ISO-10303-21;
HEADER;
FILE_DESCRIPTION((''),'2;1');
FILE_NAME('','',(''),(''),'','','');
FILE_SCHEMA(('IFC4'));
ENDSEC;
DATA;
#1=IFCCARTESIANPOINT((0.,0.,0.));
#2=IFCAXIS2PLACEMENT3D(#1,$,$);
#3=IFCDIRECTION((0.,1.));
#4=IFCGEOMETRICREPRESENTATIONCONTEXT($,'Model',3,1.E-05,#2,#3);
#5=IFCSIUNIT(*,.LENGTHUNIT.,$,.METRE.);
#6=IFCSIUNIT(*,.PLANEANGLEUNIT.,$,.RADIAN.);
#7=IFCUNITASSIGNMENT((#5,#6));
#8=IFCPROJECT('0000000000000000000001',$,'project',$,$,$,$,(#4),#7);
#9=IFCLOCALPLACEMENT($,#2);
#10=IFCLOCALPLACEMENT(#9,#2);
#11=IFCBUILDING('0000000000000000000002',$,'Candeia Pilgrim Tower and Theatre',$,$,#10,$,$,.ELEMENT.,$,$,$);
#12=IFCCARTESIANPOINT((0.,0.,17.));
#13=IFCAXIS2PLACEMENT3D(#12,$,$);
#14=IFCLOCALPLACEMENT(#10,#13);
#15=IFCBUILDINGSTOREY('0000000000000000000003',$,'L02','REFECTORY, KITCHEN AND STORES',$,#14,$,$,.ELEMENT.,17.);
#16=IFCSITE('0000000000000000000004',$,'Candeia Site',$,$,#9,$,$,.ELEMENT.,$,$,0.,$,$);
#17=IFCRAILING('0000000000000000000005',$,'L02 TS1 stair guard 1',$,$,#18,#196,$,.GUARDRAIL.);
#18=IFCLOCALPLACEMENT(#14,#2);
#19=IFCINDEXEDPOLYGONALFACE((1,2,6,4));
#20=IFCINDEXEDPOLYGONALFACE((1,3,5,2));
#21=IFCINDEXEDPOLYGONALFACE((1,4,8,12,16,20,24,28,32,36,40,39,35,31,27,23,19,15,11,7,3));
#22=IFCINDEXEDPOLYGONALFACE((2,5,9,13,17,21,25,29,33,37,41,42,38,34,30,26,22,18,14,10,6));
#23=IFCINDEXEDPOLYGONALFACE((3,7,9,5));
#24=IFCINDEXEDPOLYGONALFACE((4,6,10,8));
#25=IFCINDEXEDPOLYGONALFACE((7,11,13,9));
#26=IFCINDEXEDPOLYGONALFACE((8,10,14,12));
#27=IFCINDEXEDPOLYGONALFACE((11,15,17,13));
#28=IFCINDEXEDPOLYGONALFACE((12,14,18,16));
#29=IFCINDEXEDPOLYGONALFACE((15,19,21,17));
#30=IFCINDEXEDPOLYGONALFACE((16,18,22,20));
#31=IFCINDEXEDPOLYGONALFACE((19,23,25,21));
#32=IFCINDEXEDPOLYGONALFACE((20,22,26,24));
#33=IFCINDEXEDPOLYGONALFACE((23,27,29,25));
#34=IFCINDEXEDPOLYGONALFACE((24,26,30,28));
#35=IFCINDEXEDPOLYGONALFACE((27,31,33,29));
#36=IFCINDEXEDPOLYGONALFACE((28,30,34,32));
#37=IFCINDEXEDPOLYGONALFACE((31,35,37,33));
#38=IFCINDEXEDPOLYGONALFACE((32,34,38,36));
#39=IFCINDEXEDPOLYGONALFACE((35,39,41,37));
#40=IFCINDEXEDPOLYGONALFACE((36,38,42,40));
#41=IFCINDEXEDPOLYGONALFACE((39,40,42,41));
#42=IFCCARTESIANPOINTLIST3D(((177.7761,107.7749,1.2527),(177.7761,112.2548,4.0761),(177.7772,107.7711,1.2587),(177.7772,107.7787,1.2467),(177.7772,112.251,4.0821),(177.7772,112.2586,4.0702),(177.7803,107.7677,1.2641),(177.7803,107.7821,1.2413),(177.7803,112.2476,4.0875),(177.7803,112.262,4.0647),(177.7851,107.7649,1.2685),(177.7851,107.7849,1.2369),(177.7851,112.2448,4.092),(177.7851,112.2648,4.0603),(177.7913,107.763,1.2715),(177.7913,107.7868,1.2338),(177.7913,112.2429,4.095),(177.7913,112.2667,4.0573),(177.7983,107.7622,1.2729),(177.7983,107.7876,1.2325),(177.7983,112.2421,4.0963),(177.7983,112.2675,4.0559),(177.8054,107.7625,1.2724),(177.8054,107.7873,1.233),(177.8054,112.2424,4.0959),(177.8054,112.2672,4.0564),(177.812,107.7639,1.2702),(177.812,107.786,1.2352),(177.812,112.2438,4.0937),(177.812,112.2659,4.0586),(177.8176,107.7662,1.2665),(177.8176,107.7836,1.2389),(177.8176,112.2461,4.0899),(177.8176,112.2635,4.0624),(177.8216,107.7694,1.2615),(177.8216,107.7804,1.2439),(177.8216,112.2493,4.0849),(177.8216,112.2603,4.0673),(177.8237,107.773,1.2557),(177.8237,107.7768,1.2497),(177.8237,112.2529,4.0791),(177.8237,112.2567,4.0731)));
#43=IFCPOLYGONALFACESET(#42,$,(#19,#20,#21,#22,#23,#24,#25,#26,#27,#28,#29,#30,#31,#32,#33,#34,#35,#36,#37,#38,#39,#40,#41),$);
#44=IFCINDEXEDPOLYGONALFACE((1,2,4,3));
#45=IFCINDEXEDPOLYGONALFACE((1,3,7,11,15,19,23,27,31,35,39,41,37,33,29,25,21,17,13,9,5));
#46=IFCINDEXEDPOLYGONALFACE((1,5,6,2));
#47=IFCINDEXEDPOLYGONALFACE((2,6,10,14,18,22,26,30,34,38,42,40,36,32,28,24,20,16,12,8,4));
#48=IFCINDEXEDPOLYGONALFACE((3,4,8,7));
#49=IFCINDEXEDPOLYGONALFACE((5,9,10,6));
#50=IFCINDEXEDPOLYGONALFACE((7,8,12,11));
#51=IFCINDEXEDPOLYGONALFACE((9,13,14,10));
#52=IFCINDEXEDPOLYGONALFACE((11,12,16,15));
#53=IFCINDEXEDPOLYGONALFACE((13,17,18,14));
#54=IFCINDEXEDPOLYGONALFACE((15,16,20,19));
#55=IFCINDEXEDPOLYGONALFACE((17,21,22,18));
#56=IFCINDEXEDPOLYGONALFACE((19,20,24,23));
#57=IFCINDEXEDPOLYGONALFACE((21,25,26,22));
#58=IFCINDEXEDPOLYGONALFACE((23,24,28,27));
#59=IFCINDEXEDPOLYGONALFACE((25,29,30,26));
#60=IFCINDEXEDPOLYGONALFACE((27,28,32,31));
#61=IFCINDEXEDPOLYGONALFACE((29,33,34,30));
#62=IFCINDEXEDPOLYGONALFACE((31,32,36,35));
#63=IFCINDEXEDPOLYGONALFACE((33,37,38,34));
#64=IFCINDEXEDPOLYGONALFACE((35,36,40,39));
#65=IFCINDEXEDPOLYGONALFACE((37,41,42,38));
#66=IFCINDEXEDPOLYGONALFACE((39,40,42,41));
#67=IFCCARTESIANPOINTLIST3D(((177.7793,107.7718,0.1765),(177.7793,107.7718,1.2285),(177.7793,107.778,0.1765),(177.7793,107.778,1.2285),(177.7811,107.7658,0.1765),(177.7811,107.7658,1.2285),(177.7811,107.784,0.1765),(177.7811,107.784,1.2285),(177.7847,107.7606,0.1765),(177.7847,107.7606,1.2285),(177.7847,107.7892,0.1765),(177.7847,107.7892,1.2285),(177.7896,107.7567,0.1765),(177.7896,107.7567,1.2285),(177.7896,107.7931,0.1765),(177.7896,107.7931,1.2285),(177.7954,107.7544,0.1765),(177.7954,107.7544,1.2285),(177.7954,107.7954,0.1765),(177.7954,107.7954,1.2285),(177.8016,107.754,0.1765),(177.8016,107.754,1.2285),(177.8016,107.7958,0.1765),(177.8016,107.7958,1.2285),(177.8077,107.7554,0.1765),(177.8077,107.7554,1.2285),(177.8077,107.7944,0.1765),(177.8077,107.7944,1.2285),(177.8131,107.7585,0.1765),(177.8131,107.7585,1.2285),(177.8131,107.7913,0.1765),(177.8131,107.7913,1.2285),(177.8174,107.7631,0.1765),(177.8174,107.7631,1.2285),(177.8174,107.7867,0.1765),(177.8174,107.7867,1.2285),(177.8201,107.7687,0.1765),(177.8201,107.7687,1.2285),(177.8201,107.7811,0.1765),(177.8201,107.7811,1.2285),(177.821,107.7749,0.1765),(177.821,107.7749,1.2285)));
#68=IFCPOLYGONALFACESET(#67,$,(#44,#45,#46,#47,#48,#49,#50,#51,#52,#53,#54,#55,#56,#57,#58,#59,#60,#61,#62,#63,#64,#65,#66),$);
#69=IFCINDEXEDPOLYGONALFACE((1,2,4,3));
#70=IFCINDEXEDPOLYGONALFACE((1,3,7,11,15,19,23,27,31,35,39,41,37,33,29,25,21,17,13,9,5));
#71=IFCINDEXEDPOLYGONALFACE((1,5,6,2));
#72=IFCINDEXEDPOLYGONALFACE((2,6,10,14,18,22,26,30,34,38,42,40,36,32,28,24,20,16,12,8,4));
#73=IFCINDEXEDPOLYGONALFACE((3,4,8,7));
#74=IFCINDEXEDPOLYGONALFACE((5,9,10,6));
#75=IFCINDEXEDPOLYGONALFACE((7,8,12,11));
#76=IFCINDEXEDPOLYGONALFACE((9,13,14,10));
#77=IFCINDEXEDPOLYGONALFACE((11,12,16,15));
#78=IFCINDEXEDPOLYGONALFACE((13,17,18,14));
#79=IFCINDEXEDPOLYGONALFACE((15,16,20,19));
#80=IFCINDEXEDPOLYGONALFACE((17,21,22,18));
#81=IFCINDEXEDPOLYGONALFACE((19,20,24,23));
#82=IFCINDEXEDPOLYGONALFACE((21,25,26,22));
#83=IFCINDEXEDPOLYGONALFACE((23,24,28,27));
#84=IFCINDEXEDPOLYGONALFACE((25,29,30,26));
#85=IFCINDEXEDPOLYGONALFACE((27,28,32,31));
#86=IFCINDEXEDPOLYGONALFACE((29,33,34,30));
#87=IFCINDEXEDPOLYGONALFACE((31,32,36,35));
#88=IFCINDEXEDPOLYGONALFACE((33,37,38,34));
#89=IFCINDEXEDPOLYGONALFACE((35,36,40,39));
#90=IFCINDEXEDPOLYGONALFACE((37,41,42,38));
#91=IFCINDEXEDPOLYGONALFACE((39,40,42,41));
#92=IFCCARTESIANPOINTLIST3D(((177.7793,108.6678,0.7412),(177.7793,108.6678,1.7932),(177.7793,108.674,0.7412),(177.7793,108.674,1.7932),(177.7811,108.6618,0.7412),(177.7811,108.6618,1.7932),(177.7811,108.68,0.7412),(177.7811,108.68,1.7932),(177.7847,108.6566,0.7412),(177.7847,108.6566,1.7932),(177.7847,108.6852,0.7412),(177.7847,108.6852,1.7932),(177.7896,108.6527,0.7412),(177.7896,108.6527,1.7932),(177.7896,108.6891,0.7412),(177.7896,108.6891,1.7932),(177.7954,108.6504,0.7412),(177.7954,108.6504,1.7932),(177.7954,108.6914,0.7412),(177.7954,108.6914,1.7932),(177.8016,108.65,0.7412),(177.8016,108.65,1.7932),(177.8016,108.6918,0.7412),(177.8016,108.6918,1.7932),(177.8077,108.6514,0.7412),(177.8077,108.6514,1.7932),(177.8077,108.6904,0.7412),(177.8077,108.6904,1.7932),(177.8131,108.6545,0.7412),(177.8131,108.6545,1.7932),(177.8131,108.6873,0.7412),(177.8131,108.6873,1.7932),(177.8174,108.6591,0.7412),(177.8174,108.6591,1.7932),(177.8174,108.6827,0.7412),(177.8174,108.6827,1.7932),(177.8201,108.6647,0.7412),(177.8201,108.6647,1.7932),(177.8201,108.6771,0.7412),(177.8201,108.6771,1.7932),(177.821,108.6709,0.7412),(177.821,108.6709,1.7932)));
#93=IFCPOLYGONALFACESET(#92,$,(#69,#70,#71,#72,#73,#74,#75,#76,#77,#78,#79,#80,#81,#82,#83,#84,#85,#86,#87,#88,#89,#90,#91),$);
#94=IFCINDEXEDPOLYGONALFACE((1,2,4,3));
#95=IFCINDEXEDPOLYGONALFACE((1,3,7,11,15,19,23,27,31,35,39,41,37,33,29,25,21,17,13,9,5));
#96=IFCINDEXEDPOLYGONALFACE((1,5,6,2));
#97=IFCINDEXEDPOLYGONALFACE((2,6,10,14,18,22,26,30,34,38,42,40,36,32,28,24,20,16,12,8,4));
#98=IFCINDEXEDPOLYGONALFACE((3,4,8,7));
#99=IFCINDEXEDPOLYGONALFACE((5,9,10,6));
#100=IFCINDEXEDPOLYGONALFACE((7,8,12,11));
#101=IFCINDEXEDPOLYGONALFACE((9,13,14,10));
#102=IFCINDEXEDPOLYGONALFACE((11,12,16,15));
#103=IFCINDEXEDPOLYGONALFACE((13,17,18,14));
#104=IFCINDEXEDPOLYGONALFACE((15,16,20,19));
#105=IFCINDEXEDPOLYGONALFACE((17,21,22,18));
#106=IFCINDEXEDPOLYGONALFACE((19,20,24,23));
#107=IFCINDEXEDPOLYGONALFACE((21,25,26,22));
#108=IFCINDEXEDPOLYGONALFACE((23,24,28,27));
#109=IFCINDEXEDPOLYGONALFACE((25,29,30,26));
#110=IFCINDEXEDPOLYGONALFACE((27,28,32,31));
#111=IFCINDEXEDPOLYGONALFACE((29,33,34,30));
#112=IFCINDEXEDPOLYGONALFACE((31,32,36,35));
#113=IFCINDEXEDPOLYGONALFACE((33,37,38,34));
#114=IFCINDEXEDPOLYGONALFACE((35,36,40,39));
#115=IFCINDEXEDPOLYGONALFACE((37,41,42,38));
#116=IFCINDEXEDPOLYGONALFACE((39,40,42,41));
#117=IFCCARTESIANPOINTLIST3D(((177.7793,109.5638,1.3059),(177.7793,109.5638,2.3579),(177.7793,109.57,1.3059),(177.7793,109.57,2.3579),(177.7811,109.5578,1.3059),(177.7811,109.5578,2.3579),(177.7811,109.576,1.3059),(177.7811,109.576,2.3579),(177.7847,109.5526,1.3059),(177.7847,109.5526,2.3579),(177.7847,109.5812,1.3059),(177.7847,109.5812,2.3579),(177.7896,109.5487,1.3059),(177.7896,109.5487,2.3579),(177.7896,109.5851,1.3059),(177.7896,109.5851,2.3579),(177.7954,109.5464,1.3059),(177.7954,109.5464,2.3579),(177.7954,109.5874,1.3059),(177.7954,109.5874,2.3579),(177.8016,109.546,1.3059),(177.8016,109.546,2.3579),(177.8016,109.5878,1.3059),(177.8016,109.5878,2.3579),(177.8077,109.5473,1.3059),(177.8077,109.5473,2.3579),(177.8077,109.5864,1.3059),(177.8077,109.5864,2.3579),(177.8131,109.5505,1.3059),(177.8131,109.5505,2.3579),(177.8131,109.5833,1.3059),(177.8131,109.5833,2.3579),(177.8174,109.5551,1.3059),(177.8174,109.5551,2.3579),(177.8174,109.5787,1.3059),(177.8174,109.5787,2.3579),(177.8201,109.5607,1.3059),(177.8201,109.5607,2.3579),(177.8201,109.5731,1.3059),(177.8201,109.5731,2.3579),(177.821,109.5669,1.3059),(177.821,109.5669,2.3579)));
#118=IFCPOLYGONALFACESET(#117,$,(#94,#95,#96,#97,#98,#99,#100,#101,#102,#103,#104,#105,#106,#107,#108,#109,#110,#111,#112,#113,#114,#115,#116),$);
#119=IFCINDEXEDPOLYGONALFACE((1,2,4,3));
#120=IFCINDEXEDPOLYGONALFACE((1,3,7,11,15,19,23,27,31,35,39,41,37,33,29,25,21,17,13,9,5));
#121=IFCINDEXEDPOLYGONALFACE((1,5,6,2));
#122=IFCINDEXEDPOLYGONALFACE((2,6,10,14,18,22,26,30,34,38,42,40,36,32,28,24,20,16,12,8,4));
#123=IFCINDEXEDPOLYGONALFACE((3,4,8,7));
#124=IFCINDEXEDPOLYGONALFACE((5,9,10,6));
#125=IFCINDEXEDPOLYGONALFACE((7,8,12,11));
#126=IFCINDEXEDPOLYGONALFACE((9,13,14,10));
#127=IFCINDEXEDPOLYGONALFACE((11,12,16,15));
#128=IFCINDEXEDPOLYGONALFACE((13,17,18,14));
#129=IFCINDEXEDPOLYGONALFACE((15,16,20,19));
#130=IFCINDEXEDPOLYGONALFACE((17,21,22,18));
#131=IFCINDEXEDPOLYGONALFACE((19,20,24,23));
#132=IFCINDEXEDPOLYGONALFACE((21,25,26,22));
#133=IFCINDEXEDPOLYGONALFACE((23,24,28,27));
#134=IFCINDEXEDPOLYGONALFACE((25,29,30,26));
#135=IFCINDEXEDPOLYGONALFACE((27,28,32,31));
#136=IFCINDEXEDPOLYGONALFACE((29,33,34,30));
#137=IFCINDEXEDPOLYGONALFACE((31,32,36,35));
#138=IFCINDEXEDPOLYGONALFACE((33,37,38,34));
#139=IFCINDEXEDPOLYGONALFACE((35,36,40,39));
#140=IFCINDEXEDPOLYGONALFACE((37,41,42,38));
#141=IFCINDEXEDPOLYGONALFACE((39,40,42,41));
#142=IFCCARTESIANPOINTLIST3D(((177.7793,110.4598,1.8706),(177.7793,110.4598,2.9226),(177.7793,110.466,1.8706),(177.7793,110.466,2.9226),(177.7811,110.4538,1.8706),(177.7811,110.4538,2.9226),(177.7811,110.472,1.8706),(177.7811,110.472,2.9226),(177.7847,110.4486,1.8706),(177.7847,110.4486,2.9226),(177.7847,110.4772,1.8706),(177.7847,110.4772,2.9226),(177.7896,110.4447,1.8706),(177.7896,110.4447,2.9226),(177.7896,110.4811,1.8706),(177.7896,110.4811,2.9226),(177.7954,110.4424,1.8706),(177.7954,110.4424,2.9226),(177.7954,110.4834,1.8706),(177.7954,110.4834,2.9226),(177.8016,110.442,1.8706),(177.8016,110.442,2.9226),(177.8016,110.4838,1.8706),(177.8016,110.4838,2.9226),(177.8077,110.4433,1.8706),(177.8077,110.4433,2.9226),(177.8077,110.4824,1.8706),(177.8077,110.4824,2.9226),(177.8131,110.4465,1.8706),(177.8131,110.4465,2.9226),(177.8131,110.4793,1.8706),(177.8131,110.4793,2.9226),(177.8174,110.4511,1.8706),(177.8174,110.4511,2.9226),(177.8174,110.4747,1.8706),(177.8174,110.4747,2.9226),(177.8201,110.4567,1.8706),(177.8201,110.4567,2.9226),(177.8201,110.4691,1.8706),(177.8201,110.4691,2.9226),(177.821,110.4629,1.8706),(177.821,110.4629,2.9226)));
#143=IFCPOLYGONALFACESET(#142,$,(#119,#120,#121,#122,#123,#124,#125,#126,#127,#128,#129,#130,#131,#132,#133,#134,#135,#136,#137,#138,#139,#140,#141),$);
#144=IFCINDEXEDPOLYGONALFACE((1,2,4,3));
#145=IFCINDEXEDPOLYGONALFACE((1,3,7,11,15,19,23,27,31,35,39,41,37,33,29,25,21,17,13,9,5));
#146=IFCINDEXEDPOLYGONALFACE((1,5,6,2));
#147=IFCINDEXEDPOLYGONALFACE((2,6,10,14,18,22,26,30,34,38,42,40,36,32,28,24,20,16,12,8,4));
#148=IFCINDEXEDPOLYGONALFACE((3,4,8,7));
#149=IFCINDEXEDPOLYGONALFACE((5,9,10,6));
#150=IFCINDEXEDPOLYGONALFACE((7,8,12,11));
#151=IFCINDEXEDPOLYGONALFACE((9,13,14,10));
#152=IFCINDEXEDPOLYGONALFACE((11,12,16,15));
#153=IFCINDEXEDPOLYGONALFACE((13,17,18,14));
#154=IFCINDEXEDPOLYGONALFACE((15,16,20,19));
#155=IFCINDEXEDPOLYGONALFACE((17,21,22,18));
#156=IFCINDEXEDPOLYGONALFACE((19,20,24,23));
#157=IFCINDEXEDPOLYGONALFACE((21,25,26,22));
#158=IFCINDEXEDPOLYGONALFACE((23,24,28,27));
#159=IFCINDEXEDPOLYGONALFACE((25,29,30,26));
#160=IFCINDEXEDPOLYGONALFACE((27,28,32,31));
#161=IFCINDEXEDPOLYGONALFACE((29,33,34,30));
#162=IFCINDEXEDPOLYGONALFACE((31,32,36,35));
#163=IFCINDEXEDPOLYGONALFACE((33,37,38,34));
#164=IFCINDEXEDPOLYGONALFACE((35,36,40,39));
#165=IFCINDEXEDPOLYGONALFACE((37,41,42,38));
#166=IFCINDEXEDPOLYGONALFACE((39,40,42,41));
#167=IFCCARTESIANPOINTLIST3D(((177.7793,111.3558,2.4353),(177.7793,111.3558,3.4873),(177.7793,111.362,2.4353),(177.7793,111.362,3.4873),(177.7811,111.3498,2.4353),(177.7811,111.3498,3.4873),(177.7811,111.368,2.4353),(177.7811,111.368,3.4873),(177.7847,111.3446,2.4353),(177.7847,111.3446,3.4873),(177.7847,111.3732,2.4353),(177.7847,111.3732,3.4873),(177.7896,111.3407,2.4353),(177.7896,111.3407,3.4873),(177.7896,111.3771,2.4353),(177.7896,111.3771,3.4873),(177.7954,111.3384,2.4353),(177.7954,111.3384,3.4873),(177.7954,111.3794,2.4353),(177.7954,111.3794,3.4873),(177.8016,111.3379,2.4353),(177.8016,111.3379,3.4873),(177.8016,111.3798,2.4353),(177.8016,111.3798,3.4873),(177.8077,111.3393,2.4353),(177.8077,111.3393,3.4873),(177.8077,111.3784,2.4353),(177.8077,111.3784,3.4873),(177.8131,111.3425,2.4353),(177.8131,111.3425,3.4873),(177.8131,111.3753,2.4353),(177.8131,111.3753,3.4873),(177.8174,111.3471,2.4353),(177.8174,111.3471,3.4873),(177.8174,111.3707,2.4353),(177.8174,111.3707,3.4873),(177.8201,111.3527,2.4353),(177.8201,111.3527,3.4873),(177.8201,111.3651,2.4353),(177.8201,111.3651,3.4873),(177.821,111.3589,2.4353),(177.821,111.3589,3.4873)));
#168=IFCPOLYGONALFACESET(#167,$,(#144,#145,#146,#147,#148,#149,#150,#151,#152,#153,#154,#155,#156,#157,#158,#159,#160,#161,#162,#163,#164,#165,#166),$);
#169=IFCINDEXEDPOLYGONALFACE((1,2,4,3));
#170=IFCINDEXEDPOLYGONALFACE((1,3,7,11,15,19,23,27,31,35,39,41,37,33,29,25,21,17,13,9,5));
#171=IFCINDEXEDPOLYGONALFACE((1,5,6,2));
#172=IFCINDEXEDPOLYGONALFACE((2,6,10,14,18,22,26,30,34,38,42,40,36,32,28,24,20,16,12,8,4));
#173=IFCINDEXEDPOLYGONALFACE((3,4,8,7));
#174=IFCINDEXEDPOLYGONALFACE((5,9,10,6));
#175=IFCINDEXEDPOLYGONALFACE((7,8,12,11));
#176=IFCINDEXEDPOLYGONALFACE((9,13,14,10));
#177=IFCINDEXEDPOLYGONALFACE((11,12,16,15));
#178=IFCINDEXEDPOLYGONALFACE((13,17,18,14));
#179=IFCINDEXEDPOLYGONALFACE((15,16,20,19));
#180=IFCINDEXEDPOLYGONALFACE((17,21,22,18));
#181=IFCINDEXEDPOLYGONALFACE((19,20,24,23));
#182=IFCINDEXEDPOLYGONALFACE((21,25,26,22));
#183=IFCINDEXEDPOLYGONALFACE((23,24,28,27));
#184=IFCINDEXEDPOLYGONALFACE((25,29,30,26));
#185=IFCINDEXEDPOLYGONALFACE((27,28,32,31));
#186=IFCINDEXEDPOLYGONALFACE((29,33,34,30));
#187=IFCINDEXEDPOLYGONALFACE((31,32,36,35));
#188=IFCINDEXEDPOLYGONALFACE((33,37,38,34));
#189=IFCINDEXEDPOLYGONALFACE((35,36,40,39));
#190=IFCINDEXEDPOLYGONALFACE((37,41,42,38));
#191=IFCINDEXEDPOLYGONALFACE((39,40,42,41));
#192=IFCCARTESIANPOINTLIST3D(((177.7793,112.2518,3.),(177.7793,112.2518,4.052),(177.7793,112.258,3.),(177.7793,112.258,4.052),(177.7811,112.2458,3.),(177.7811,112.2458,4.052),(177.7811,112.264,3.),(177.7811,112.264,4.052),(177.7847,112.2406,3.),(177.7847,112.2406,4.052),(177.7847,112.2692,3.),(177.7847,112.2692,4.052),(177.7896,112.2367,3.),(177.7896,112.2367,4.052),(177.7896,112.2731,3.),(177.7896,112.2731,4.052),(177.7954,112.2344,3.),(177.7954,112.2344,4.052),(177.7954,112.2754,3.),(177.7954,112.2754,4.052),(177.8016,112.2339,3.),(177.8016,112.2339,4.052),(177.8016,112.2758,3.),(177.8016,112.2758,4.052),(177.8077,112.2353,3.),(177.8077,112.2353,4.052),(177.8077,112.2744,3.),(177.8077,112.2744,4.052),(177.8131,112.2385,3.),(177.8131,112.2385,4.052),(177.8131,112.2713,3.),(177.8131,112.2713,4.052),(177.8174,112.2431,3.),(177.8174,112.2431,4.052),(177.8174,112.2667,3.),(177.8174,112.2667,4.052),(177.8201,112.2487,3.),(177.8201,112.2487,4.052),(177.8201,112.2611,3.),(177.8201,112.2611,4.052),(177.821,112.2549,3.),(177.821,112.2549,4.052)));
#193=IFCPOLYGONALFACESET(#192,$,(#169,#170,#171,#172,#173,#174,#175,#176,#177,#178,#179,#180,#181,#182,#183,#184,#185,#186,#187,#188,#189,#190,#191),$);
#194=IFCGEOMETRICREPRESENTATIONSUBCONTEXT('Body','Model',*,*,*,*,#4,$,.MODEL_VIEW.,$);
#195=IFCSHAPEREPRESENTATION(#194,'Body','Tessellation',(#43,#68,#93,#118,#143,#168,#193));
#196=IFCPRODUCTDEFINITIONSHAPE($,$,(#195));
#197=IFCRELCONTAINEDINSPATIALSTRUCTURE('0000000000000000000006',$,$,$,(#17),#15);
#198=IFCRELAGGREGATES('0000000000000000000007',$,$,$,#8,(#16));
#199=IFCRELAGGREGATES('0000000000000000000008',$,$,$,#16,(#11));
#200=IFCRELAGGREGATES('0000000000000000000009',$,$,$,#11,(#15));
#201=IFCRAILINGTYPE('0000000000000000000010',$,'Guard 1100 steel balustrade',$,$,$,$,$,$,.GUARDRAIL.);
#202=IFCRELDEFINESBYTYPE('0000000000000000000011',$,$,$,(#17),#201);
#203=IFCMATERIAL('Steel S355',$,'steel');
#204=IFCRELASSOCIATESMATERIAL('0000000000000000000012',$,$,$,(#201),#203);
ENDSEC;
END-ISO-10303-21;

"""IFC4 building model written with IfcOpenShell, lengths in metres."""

from ifc_helpers import new_model, si_unit, direction, frame, origin, origin_2d, place, context, subcontext, project, spatial, circle, extrude, material, type_object, element, save


model = new_model("IFC4")

# Units and contexts
model_context = context("Model", 3, precision=1e-05, world=origin(), true_north=direction((0.0, 1.0)))
body_context = subcontext(model_context, "Body", "Model", "MODEL_VIEW")
ifc_project = project(units=[si_unit("LENGTHUNIT", "METRE"), si_unit("PLANEANGLEUNIT", "RADIAN")], contexts=[model_context])

# Site, building, storey
site_placement = place(None, origin())
site = spatial("IfcSite", under=ifc_project, at=site_placement, Name="Candeia Site", CompositionType="ELEMENT", RefElevation=0.0)
building_placement = place(site_placement, origin())
building = spatial("IfcBuilding", under=site, at=building_placement, Name="Candeia Pilgrim Tower and Theatre", CompositionType="ELEMENT")
storey_placement = place(building_placement, frame((0.0, 0.0, 17.0)))
storey = spatial("IfcBuildingStorey", under=building, at=storey_placement, Name="L02", Description="REFECTORY, KITCHEN AND STORES", CompositionType="ELEMENT", Elevation=17.0)

# Railing
ifc_material_1 = material(Name="Steel S355", Category="steel")
railing_type_1 = type_object("IfcRailingType", Name="Guard 1100 steel balustrade", PredefinedType="GUARDRAIL", material=ifc_material_1)
railing_1_placement = place(storey_placement, frame((177.8, 107.7749, 0.1765)))
element("IfcRailing", 1, at=railing_1_placement, inside=storey, type_object=railing_type_1, Name="L02 TS1 stair guard 1", PredefinedType="GUARDRAIL", context=body_context, shape_type="SweptSolid", body=[
    extrude(circle(Radius=0.0239, at=origin_2d()), frame((0.0, 0.0, 1.0762), z_axis=(0.0, 0.845998, 0.533186), x_axis=(-1.0, 0.0, 0.0)), (0.0, 0.0, 1.0), 5.2954),
    extrude(circle(Radius=0.021, at=origin_2d()), origin(), (0.0, 0.0, 1.0), 1.052),
    extrude(circle(Radius=0.021, at=origin_2d()), frame((0.0, 0.896, 0.5647)), (0.0, 0.0, 1.0), 1.052),
    extrude(circle(Radius=0.021, at=origin_2d()), frame((0.0, 1.792, 1.1294)), (0.0, 0.0, 1.0), 1.052),
    extrude(circle(Radius=0.021, at=origin_2d()), frame((0.0, 2.688, 1.6941)), (0.0, 0.0, 1.0), 1.052),
    extrude(circle(Radius=0.021, at=origin_2d()), frame((0.0, 3.584, 2.2588)), (0.0, 0.0, 1.0), 1.052),
    extrude(circle(Radius=0.021, at=origin_2d()), frame((0.0, 4.48, 2.8235)), (0.0, 0.0, 1.0), 1.052),
])

save(model, "model.ifc")
